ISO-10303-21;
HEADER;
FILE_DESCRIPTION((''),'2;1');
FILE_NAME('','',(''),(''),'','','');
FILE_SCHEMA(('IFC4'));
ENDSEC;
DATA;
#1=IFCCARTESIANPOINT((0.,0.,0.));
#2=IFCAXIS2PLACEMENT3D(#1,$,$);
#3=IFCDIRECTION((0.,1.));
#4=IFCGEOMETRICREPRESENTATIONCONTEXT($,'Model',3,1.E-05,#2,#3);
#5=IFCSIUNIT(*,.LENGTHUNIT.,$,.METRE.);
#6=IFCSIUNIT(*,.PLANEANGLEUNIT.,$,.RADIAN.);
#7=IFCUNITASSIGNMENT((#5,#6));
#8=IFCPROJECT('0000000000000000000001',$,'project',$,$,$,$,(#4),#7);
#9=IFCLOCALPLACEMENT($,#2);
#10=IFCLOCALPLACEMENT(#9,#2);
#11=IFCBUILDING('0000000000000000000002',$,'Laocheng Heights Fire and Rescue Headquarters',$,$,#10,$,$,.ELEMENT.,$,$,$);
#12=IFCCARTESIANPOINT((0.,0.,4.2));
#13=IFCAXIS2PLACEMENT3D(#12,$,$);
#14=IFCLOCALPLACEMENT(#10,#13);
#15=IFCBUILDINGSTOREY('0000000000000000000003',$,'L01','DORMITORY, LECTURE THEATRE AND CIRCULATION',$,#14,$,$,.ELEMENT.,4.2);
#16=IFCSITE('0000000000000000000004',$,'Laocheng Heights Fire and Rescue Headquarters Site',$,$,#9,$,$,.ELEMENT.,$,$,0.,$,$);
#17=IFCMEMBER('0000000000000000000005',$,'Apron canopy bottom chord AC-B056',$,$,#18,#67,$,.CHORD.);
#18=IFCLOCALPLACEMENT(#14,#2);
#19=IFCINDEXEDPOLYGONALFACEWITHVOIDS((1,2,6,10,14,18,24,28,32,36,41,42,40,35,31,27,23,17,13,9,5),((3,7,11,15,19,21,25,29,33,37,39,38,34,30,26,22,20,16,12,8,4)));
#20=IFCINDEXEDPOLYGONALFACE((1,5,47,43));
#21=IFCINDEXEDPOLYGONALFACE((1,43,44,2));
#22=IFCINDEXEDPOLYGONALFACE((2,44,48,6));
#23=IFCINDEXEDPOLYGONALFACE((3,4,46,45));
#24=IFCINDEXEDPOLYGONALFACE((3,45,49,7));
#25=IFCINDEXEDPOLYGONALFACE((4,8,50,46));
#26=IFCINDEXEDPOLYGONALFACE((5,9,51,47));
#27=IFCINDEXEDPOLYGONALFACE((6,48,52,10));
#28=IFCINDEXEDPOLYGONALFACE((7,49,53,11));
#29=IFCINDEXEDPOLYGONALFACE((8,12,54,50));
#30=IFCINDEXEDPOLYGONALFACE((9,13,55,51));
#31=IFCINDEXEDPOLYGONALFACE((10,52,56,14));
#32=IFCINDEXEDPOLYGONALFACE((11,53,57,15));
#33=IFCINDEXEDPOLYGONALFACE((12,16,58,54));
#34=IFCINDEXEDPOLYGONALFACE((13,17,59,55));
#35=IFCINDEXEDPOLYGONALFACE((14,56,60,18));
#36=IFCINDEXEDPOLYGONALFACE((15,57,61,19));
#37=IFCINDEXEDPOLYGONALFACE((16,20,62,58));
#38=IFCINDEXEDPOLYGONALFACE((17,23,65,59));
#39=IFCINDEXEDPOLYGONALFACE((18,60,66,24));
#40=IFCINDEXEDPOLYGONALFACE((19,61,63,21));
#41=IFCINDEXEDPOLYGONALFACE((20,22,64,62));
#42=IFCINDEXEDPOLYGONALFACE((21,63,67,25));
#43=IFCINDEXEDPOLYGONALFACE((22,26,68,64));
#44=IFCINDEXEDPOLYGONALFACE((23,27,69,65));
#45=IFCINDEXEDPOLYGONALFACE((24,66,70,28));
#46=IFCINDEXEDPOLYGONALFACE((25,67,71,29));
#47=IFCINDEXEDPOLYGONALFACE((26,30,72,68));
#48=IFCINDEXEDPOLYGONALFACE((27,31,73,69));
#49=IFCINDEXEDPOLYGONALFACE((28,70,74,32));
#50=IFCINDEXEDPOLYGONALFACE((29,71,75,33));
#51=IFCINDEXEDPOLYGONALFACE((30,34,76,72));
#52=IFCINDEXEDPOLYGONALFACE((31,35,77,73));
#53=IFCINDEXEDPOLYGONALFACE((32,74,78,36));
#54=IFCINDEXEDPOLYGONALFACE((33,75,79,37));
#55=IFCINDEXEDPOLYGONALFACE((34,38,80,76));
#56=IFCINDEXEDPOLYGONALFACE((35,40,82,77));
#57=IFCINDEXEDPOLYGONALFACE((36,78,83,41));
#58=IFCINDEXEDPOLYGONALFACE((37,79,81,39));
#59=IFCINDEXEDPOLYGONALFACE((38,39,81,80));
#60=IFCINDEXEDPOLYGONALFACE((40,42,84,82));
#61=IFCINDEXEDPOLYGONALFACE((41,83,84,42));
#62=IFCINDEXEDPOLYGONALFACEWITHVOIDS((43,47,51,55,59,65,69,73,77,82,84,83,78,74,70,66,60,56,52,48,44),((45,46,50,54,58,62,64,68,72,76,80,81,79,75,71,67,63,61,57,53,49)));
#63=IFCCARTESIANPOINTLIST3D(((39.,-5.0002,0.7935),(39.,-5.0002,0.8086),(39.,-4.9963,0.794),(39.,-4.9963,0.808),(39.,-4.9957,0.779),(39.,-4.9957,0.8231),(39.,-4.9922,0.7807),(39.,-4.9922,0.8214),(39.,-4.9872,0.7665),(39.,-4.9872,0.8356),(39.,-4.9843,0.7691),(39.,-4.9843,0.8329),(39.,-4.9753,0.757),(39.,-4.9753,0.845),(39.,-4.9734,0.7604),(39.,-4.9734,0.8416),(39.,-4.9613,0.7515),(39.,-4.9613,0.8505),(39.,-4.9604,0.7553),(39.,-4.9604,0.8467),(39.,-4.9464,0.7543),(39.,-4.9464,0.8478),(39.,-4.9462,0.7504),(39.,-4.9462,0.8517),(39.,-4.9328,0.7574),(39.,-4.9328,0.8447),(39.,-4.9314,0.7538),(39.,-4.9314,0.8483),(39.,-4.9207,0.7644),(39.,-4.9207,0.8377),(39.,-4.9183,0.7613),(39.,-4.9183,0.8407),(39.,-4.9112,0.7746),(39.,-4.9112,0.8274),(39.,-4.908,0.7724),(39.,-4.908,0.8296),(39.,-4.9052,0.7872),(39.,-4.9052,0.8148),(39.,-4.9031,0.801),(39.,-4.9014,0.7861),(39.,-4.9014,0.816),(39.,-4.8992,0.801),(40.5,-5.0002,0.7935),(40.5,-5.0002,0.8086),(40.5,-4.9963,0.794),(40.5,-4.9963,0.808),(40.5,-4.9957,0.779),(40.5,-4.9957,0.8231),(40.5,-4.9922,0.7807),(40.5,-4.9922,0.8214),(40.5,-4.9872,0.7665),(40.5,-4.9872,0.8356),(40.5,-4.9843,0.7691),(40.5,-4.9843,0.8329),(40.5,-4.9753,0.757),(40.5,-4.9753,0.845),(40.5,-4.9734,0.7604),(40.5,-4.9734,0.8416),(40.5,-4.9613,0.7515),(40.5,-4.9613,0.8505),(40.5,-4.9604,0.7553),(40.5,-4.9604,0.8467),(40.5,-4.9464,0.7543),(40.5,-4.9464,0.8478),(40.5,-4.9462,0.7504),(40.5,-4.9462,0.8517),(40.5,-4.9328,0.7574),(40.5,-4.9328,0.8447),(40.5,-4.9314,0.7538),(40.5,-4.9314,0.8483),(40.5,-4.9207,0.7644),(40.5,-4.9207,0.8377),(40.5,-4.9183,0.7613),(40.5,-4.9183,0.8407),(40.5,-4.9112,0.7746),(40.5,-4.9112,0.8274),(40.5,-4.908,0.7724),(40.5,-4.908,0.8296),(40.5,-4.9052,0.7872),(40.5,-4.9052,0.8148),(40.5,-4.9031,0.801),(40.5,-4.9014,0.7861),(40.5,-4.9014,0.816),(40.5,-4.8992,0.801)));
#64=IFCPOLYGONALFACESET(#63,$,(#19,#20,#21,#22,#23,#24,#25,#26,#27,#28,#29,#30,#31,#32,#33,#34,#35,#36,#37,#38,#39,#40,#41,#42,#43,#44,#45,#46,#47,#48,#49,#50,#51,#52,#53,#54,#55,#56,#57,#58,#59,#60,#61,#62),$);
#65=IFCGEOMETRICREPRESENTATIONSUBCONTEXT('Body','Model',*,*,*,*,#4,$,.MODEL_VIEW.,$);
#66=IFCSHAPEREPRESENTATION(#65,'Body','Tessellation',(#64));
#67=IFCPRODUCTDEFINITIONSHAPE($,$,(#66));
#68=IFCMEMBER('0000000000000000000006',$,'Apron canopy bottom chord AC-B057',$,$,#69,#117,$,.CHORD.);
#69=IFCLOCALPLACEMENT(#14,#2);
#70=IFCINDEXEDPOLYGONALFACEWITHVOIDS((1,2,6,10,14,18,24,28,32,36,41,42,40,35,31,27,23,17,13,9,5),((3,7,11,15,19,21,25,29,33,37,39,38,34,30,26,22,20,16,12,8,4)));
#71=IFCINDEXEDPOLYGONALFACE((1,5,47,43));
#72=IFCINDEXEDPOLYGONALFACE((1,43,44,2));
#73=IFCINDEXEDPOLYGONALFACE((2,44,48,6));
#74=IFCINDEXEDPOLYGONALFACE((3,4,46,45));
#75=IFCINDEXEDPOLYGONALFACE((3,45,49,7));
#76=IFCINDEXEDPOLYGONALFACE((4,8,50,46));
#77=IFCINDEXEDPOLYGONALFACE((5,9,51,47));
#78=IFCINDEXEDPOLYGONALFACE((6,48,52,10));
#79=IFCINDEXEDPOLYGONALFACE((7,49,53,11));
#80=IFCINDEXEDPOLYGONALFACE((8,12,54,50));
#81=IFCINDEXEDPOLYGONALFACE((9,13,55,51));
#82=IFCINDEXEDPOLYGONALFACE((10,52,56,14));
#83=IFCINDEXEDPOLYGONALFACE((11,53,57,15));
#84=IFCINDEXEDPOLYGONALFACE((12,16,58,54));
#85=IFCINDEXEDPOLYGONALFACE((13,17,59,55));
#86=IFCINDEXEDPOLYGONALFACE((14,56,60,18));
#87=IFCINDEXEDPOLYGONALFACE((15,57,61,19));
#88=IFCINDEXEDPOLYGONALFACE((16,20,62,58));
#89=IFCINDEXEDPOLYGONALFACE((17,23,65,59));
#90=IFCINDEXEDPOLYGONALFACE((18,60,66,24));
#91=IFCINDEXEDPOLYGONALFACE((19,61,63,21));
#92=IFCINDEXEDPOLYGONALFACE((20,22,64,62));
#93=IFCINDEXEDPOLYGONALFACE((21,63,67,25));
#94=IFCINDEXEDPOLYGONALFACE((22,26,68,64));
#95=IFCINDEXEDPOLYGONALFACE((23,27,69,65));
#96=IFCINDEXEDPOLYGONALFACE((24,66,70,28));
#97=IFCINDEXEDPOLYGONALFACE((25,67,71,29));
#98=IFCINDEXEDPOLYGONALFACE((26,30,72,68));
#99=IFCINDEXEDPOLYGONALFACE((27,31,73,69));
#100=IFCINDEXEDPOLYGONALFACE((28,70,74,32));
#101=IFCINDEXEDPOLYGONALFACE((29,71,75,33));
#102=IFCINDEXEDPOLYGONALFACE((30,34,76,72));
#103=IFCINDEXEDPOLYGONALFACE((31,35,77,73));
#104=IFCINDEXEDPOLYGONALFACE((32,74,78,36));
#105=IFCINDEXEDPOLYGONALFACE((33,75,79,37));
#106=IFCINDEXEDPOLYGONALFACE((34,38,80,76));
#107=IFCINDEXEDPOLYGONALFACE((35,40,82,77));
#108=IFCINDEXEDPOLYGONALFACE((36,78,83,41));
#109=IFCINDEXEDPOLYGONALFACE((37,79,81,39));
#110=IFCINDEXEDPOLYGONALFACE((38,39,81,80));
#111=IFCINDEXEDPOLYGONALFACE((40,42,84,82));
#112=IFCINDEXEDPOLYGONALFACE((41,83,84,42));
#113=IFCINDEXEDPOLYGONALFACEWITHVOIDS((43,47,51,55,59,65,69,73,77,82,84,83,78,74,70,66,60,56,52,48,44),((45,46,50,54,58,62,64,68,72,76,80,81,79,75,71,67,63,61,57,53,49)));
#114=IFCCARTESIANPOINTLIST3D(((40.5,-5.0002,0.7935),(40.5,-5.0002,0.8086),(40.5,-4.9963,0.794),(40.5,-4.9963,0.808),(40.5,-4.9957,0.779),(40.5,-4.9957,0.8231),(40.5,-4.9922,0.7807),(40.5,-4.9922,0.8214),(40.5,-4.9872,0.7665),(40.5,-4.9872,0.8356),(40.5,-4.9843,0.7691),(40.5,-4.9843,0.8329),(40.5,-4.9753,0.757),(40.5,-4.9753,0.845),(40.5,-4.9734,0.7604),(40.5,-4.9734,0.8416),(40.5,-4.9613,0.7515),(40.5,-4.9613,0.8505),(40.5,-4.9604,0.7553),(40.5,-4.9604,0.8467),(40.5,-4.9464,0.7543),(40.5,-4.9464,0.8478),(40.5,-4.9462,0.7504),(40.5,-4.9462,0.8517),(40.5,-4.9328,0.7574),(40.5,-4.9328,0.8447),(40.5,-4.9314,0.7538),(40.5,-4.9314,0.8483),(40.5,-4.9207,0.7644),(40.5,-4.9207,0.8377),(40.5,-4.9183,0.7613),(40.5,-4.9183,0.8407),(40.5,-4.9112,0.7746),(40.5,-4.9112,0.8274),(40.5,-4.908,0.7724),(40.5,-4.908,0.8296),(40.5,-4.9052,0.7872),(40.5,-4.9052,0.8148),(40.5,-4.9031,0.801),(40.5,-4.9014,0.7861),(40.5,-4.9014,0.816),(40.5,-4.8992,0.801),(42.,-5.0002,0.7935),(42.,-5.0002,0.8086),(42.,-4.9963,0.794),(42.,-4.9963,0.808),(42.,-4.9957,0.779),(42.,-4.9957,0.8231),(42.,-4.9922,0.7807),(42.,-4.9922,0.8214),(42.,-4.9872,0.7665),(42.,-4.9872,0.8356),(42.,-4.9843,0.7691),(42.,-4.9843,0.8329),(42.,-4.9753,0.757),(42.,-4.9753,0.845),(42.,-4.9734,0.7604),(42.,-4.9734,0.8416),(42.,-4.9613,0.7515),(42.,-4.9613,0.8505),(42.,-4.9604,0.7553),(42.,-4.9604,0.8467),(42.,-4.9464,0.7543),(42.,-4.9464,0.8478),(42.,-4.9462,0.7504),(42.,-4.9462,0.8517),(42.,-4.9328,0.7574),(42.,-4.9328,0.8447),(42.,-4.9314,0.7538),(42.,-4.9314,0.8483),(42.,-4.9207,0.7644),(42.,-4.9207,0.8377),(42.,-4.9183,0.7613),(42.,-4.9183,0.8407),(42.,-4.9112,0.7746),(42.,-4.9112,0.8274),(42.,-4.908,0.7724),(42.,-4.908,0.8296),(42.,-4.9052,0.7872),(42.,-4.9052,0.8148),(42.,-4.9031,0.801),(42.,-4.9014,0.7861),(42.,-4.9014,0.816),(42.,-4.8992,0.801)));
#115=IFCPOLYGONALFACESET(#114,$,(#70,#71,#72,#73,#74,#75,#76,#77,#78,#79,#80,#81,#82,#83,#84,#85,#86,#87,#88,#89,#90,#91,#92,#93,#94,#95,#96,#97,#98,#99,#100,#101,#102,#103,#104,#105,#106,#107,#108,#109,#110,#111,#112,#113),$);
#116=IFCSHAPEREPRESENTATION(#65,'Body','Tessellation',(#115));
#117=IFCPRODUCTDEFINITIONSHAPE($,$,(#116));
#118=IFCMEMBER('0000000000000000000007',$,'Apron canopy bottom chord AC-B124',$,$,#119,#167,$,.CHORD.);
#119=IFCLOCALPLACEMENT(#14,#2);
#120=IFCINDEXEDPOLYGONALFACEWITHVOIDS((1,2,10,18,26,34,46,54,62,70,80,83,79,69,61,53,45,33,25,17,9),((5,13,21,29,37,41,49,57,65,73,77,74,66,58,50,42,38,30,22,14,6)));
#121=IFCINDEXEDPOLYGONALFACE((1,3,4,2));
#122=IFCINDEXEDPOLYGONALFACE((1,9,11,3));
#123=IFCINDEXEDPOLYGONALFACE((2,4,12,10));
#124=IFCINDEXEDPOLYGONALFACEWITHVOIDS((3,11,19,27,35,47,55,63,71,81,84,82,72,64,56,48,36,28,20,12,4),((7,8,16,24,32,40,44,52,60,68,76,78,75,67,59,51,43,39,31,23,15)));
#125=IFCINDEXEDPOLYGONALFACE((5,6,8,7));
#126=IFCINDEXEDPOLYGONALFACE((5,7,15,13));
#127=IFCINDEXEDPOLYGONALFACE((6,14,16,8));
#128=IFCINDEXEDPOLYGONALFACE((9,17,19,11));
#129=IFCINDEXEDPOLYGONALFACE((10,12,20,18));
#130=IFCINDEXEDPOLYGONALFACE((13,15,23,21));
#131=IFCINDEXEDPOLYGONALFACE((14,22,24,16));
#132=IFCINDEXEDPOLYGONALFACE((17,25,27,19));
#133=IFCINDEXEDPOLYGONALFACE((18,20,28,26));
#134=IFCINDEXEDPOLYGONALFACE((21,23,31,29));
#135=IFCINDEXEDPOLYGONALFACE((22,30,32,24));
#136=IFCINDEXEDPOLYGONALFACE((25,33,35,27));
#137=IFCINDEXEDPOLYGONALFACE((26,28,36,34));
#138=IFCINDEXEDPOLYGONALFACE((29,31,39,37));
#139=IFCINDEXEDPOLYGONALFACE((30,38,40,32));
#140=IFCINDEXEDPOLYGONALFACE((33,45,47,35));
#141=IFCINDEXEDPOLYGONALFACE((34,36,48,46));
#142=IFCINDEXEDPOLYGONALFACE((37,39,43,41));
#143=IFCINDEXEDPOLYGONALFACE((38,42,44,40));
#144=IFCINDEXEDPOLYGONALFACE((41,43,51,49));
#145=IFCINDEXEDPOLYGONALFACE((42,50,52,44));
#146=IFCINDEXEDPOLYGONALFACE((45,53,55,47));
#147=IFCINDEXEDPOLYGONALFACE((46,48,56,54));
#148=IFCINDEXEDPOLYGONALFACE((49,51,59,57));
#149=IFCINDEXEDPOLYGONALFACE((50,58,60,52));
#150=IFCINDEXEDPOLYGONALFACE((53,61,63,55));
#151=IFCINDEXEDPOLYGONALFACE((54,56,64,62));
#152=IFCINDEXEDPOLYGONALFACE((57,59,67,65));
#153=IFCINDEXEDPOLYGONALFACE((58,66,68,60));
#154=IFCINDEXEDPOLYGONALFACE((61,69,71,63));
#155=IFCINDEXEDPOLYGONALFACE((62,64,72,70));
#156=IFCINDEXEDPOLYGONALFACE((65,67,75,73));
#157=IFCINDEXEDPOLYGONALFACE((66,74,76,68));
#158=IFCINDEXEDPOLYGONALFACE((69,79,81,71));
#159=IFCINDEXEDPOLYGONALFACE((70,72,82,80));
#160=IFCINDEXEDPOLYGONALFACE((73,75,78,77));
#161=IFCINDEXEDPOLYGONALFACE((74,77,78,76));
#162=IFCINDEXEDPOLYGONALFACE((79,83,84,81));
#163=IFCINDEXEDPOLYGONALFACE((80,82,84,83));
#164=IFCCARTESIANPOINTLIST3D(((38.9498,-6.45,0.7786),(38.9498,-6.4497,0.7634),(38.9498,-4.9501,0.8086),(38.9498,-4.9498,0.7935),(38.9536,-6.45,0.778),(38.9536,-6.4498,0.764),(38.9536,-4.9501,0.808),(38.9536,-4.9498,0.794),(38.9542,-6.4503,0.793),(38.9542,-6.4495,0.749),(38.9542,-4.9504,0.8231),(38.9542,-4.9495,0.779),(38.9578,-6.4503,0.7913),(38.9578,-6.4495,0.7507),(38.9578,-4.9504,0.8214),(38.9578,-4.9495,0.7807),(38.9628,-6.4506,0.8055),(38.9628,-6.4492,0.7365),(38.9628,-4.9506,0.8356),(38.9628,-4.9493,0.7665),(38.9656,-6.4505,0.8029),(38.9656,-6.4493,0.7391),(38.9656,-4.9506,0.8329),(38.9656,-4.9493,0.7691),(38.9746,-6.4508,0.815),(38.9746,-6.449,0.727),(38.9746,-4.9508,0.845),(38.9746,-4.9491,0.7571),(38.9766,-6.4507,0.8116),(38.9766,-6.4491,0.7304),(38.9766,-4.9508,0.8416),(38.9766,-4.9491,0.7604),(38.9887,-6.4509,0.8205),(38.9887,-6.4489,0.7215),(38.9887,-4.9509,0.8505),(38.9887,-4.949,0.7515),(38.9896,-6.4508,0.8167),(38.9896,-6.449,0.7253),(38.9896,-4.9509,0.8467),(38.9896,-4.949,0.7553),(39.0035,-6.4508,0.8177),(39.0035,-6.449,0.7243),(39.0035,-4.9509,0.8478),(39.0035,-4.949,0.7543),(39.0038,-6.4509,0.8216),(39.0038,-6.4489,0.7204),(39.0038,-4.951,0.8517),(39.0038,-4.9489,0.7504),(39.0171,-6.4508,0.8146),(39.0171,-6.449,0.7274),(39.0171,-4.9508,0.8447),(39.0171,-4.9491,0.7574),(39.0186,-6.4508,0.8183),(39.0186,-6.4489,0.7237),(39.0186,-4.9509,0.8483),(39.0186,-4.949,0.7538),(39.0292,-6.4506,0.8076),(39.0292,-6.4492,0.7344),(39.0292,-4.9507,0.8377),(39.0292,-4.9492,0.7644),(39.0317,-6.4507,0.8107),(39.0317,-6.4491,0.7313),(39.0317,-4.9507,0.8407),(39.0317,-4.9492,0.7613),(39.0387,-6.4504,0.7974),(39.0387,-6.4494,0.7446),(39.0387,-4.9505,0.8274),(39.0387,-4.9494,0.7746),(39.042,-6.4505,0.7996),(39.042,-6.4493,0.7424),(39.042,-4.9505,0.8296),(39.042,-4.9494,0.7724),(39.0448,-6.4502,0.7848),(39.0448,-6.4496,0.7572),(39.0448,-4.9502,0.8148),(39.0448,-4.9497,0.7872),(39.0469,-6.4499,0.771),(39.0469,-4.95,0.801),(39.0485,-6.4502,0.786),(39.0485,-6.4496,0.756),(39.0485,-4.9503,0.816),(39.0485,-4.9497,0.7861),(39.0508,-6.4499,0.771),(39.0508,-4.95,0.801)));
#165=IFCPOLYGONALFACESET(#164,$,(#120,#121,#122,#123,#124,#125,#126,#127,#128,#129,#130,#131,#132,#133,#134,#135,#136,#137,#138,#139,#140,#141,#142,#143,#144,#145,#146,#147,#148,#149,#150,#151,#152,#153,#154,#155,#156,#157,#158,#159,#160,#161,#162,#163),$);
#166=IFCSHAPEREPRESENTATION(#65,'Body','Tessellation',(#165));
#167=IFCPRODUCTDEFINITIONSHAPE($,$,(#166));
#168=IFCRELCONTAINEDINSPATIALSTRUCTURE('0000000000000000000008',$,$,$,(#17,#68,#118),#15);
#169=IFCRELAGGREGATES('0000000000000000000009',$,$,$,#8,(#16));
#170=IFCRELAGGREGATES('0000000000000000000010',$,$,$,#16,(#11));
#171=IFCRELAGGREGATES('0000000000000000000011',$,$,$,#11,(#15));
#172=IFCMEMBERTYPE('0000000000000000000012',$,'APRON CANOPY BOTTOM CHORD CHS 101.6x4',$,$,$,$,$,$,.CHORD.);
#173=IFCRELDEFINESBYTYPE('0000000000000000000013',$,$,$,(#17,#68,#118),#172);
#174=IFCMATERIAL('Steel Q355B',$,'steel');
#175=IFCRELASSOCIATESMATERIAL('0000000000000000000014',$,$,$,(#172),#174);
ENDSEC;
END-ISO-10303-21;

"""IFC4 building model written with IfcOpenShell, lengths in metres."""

from ifc_helpers import new_model, si_unit, direction, frame, origin, origin_2d, place, context, subcontext, project, spatial, hollow_circle, extrude, material, material_profile, profile_set, type_object, element, save


model = new_model("IFC4")

# Units and contexts
model_context = context("Model", 3, precision=1e-05, world=origin(), true_north=direction((0.0, 1.0)))
body_context = subcontext(model_context, "Body", "Model", "MODEL_VIEW")
ifc_project = project(units=[si_unit("LENGTHUNIT", "METRE"), si_unit("PLANEANGLEUNIT", "RADIAN")], contexts=[model_context])

# Site, building, storey
site_placement = place(None, origin())
site = spatial("IfcSite", under=ifc_project, at=site_placement, Name="Laocheng Heights Fire and Rescue Headquarters Site", CompositionType="ELEMENT", RefElevation=0.0)
building_placement = place(site_placement, origin())
building = spatial("IfcBuilding", under=site, at=building_placement, Name="Laocheng Heights Fire and Rescue Headquarters", CompositionType="ELEMENT")
storey_placement = place(building_placement, frame((0.0, 0.0, 4.2)))
storey = spatial("IfcBuildingStorey", under=building, at=storey_placement, Name="L01", Description="DORMITORY, LECTURE THEATRE AND CIRCULATION", CompositionType="ELEMENT", Elevation=4.2)

# Members
ifc_material_1 = material(Name="Steel Q355B", Category="steel")
ifc_material_profile_1 = material_profile(ifc_material_1, hollow_circle(Radius=0.0508, WallThickness=0.0039, at=origin_2d()), Name="CHS 101.6x4")
ifc_profile_set_1 = profile_set([ifc_material_profile_1], Name="Steel Q355B")
member_type_1 = type_object("IfcMemberType", Name="APRON CANOPY BOTTOM CHORD CHS 101.6x4", PredefinedType="CHORD", material=ifc_profile_set_1)
for number, where, z_axis, x_axis, name in (
    (1, (39.0, -4.95, 0.801), (1.0, 0.0, 0.0), (0.0, 1.0, 0.0), "Apron canopy bottom chord AC-B056"),
    (2, (40.5, -4.95, 0.801), (1.0, 0.0, 0.0), (0.0, 1.0, 0.0), "Apron canopy bottom chord AC-B057"),
):
    element("IfcMember", number, at=place(storey_placement, frame(where, z_axis=z_axis, x_axis=x_axis)), inside=storey, type_object=member_type_1, Name=name, PredefinedType="CHORD", context=body_context, shape_type="SweptSolid", body=[
        extrude(hollow_circle(Radius=0.0508, WallThickness=0.0039, at=origin_2d()), origin(), (0.0, 0.0, 1.0), 1.5),
    ])
for number, where, z_axis, x_axis, name in (
    (3, (39.0, -4.95, 0.801), (0.0, -0.9998, -0.020016), (1.0, 0.0, 0.0), "Apron canopy bottom chord AC-B124"),
):
    element("IfcMember", number, at=place(storey_placement, frame(where, z_axis=z_axis, x_axis=x_axis)), inside=storey, type_object=member_type_1, Name=name, PredefinedType="CHORD", context=body_context, shape_type="SweptSolid", body=[
        extrude(hollow_circle(Radius=0.0508, WallThickness=0.0039, at=origin_2d()), origin(), (0.0, 0.0, 1.0), 1.5002),
    ])

save(model, "model.ifc")
